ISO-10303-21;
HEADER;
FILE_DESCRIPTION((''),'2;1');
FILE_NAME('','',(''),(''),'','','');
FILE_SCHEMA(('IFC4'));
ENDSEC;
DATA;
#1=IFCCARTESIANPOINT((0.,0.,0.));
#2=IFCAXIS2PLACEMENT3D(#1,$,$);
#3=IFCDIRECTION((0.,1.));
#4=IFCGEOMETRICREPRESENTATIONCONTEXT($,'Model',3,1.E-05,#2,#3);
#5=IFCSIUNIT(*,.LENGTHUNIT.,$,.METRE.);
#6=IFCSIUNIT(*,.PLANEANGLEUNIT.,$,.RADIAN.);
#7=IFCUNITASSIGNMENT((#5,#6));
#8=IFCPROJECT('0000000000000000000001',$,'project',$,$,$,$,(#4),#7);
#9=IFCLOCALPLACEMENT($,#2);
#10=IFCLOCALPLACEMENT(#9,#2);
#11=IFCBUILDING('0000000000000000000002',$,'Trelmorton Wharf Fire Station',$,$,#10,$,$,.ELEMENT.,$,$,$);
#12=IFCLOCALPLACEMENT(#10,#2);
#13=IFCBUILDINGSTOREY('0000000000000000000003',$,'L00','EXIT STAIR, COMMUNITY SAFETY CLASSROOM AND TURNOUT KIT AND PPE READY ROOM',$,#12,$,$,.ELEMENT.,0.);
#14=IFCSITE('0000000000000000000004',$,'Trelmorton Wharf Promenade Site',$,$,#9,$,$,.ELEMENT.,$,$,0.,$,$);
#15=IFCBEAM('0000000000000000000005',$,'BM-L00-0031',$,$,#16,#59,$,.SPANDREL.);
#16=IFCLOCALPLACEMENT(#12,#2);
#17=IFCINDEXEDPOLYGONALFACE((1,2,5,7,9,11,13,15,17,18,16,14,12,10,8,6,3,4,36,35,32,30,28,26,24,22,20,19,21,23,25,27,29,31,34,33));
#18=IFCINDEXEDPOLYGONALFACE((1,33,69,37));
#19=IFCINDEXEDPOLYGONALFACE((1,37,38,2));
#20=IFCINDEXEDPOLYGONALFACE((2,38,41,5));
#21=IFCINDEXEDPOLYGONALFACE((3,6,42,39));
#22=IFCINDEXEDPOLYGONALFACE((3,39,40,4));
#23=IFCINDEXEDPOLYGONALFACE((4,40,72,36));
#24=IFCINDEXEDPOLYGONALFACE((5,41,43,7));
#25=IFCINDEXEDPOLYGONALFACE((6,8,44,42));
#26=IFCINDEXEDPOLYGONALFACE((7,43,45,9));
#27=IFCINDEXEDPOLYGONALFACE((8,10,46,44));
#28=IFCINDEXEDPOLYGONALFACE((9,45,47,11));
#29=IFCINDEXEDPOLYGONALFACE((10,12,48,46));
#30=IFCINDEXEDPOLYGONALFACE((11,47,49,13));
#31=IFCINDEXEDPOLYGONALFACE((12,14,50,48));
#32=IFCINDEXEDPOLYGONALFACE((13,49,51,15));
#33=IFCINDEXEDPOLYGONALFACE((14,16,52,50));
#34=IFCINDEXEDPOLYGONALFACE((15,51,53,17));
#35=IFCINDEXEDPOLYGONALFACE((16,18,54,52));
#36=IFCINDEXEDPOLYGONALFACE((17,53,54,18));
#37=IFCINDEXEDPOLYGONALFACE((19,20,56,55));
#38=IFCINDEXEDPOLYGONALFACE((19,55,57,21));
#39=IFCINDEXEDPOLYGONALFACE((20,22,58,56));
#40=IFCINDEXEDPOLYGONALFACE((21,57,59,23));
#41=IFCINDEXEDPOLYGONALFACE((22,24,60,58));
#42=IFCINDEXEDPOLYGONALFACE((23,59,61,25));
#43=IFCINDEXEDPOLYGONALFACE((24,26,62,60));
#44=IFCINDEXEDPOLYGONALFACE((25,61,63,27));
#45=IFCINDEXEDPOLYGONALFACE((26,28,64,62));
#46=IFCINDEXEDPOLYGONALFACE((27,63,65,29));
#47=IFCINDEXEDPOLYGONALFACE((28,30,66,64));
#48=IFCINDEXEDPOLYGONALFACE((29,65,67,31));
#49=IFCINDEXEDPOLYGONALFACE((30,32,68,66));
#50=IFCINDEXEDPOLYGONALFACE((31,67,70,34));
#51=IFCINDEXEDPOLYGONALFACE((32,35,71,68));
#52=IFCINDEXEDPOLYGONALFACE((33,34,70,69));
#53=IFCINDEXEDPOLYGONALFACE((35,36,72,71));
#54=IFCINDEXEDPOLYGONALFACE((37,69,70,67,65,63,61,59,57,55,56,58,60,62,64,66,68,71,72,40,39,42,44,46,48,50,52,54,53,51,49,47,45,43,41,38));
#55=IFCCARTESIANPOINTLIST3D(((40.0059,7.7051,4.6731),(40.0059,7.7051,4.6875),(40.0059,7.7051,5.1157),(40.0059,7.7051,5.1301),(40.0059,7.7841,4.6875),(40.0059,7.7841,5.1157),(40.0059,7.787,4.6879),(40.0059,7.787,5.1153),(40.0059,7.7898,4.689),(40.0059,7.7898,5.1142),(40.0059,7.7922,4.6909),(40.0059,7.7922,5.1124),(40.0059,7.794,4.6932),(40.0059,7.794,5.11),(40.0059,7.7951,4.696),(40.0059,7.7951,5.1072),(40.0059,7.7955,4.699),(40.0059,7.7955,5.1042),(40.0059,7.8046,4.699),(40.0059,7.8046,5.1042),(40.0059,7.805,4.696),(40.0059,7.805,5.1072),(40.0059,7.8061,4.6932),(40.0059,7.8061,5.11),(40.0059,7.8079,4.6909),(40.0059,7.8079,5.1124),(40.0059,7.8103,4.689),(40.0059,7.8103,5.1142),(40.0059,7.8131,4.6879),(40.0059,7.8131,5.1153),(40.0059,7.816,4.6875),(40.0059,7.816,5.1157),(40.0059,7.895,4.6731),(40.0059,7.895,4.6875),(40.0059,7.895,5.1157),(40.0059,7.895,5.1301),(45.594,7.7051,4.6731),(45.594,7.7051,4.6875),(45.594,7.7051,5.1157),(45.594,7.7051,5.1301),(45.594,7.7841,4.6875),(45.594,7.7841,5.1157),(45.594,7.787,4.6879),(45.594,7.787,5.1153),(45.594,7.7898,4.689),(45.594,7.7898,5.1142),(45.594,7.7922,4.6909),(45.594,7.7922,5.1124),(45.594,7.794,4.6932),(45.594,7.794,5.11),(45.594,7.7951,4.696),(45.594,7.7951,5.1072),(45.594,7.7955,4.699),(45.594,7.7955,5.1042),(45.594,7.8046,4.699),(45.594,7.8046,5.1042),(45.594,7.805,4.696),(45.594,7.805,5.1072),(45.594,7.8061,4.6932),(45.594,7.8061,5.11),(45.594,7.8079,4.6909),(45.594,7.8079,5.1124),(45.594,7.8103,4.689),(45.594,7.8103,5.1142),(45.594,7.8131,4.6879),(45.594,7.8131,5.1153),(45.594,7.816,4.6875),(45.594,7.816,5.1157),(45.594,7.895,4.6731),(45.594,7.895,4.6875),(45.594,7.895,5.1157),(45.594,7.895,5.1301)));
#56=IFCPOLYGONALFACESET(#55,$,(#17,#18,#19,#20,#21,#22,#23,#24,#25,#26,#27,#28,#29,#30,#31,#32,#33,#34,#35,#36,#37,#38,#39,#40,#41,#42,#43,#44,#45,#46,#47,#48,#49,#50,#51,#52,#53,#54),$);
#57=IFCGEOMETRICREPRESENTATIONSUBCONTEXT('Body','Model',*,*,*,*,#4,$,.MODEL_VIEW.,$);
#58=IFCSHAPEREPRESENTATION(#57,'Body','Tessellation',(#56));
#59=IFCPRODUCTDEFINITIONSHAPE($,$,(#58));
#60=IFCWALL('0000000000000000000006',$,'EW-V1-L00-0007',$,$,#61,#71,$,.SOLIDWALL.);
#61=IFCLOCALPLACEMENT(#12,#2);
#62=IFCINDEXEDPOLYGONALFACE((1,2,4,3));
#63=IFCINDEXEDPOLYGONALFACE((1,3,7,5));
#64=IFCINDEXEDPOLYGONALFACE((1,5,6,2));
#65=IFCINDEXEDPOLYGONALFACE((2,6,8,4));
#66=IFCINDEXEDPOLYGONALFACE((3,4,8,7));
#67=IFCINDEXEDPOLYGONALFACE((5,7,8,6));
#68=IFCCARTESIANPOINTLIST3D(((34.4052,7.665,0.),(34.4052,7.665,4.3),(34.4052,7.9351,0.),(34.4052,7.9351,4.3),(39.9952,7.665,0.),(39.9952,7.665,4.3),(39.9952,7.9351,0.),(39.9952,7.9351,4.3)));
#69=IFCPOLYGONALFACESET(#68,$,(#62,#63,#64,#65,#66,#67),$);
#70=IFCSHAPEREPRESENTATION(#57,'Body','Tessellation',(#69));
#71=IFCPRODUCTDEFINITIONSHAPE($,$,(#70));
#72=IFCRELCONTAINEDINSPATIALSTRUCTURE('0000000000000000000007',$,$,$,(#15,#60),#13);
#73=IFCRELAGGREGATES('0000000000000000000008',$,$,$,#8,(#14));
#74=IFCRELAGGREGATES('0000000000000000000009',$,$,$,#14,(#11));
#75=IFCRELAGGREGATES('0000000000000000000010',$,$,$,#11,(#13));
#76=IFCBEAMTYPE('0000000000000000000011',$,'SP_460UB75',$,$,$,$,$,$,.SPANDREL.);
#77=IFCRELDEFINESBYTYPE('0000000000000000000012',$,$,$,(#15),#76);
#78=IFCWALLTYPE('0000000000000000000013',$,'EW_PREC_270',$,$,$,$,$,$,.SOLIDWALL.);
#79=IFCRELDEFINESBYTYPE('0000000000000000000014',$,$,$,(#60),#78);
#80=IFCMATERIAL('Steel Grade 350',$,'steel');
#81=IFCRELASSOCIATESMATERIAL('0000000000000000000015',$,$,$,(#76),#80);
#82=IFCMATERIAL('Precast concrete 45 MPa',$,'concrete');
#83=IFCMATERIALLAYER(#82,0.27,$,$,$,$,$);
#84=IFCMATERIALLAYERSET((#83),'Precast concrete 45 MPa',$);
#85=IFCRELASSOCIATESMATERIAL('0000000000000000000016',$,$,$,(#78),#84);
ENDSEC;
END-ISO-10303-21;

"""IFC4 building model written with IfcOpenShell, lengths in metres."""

from ifc_helpers import new_model, si_unit, direction, frame, frame_2d, origin, origin_2d, place, context, subcontext, project, spatial, rectangle, i_section, extrude, material, layer, layer_set, material_profile, profile_set, type_object, element, save


model = new_model("IFC4")

# Units and contexts
model_context = context("Model", 3, precision=1e-05, world=origin(), true_north=direction((0.0, 1.0)))
body_context = subcontext(model_context, "Body", "Model", "MODEL_VIEW")
ifc_project = project(units=[si_unit("LENGTHUNIT", "METRE"), si_unit("PLANEANGLEUNIT", "RADIAN")], contexts=[model_context])

# Site, building, storey
site_placement = place(None, origin())
site = spatial("IfcSite", under=ifc_project, at=site_placement, Name="Trelmorton Wharf Promenade Site", CompositionType="ELEMENT", RefElevation=0.0)
building_placement = place(site_placement, origin())
building = spatial("IfcBuilding", under=site, at=building_placement, Name="Trelmorton Wharf Fire Station", CompositionType="ELEMENT")
storey_placement = place(building_placement, origin())
storey = spatial("IfcBuildingStorey", under=building, at=storey_placement, Name="L00", Description="EXIT STAIR, COMMUNITY SAFETY CLASSROOM AND TURNOUT KIT AND PPE READY ROOM", CompositionType="ELEMENT", Elevation=0.0)

# Shared definitions
ifc_material_1 = material(Name="Steel Grade 350", Category="steel")

# Beam
ifc_material_profile_1 = material_profile(ifc_material_1, i_section(OverallWidth=0.1899, OverallDepth=0.457, WebThickness=0.009, FlangeThickness=0.0144, FilletRadius=0.0115, at=origin_2d()), Name="460UB74.6")
ifc_profile_set_1 = profile_set([ifc_material_profile_1], Name="Steel Grade 350")
beam_type_1 = type_object("IfcBeamType", Name="SP_460UB75", PredefinedType="SPANDREL", material=ifc_profile_set_1)
beam_1_placement = place(storey_placement, frame((40.0059, 7.8, 4.9016), z_axis=(1.0, 0.0, 0.0), x_axis=(0.0, 1.0, 0.0)))
element("IfcBeam", 1, at=beam_1_placement, inside=storey, type_object=beam_type_1, Name="BM-L00-0031", PredefinedType="SPANDREL", context=body_context, shape_type="SweptSolid", body=[
    extrude(i_section(OverallWidth=0.1899, OverallDepth=0.457, WebThickness=0.009, FlangeThickness=0.0144, FilletRadius=0.0115, at=origin_2d()), origin(), (0.0, 0.0, 1.0), 5.5881),
])

# Wall
ifc_material_2 = material(Name="Precast concrete 45 MPa", Category="concrete")
ifc_layer = layer(ifc_material_2, 0.27)
ifc_layer_set = layer_set([ifc_layer], Name="Precast concrete 45 MPa")
wall_type = type_object("IfcWallType", Name="EW_PREC_270", PredefinedType="SOLIDWALL", material=ifc_layer_set)
wall_1_placement = place(storey_placement, frame((39.9951, 7.8, 0.0), z_axis=(0.0, 0.0, 1.0), x_axis=(-1.0, 0.0, 0.0)))
element("IfcWall", 2, at=wall_1_placement, inside=storey, type_object=wall_type, Name="EW-V1-L00-0007", PredefinedType="SOLIDWALL", context=body_context, shape_type="SweptSolid", body=[
    extrude(rectangle(XDim=5.5901, YDim=0.27, at=frame_2d((2.7949, 0.0))), origin(), (0.0, 0.0, 1.0), 4.3),
])

save(model, "model.ifc")
